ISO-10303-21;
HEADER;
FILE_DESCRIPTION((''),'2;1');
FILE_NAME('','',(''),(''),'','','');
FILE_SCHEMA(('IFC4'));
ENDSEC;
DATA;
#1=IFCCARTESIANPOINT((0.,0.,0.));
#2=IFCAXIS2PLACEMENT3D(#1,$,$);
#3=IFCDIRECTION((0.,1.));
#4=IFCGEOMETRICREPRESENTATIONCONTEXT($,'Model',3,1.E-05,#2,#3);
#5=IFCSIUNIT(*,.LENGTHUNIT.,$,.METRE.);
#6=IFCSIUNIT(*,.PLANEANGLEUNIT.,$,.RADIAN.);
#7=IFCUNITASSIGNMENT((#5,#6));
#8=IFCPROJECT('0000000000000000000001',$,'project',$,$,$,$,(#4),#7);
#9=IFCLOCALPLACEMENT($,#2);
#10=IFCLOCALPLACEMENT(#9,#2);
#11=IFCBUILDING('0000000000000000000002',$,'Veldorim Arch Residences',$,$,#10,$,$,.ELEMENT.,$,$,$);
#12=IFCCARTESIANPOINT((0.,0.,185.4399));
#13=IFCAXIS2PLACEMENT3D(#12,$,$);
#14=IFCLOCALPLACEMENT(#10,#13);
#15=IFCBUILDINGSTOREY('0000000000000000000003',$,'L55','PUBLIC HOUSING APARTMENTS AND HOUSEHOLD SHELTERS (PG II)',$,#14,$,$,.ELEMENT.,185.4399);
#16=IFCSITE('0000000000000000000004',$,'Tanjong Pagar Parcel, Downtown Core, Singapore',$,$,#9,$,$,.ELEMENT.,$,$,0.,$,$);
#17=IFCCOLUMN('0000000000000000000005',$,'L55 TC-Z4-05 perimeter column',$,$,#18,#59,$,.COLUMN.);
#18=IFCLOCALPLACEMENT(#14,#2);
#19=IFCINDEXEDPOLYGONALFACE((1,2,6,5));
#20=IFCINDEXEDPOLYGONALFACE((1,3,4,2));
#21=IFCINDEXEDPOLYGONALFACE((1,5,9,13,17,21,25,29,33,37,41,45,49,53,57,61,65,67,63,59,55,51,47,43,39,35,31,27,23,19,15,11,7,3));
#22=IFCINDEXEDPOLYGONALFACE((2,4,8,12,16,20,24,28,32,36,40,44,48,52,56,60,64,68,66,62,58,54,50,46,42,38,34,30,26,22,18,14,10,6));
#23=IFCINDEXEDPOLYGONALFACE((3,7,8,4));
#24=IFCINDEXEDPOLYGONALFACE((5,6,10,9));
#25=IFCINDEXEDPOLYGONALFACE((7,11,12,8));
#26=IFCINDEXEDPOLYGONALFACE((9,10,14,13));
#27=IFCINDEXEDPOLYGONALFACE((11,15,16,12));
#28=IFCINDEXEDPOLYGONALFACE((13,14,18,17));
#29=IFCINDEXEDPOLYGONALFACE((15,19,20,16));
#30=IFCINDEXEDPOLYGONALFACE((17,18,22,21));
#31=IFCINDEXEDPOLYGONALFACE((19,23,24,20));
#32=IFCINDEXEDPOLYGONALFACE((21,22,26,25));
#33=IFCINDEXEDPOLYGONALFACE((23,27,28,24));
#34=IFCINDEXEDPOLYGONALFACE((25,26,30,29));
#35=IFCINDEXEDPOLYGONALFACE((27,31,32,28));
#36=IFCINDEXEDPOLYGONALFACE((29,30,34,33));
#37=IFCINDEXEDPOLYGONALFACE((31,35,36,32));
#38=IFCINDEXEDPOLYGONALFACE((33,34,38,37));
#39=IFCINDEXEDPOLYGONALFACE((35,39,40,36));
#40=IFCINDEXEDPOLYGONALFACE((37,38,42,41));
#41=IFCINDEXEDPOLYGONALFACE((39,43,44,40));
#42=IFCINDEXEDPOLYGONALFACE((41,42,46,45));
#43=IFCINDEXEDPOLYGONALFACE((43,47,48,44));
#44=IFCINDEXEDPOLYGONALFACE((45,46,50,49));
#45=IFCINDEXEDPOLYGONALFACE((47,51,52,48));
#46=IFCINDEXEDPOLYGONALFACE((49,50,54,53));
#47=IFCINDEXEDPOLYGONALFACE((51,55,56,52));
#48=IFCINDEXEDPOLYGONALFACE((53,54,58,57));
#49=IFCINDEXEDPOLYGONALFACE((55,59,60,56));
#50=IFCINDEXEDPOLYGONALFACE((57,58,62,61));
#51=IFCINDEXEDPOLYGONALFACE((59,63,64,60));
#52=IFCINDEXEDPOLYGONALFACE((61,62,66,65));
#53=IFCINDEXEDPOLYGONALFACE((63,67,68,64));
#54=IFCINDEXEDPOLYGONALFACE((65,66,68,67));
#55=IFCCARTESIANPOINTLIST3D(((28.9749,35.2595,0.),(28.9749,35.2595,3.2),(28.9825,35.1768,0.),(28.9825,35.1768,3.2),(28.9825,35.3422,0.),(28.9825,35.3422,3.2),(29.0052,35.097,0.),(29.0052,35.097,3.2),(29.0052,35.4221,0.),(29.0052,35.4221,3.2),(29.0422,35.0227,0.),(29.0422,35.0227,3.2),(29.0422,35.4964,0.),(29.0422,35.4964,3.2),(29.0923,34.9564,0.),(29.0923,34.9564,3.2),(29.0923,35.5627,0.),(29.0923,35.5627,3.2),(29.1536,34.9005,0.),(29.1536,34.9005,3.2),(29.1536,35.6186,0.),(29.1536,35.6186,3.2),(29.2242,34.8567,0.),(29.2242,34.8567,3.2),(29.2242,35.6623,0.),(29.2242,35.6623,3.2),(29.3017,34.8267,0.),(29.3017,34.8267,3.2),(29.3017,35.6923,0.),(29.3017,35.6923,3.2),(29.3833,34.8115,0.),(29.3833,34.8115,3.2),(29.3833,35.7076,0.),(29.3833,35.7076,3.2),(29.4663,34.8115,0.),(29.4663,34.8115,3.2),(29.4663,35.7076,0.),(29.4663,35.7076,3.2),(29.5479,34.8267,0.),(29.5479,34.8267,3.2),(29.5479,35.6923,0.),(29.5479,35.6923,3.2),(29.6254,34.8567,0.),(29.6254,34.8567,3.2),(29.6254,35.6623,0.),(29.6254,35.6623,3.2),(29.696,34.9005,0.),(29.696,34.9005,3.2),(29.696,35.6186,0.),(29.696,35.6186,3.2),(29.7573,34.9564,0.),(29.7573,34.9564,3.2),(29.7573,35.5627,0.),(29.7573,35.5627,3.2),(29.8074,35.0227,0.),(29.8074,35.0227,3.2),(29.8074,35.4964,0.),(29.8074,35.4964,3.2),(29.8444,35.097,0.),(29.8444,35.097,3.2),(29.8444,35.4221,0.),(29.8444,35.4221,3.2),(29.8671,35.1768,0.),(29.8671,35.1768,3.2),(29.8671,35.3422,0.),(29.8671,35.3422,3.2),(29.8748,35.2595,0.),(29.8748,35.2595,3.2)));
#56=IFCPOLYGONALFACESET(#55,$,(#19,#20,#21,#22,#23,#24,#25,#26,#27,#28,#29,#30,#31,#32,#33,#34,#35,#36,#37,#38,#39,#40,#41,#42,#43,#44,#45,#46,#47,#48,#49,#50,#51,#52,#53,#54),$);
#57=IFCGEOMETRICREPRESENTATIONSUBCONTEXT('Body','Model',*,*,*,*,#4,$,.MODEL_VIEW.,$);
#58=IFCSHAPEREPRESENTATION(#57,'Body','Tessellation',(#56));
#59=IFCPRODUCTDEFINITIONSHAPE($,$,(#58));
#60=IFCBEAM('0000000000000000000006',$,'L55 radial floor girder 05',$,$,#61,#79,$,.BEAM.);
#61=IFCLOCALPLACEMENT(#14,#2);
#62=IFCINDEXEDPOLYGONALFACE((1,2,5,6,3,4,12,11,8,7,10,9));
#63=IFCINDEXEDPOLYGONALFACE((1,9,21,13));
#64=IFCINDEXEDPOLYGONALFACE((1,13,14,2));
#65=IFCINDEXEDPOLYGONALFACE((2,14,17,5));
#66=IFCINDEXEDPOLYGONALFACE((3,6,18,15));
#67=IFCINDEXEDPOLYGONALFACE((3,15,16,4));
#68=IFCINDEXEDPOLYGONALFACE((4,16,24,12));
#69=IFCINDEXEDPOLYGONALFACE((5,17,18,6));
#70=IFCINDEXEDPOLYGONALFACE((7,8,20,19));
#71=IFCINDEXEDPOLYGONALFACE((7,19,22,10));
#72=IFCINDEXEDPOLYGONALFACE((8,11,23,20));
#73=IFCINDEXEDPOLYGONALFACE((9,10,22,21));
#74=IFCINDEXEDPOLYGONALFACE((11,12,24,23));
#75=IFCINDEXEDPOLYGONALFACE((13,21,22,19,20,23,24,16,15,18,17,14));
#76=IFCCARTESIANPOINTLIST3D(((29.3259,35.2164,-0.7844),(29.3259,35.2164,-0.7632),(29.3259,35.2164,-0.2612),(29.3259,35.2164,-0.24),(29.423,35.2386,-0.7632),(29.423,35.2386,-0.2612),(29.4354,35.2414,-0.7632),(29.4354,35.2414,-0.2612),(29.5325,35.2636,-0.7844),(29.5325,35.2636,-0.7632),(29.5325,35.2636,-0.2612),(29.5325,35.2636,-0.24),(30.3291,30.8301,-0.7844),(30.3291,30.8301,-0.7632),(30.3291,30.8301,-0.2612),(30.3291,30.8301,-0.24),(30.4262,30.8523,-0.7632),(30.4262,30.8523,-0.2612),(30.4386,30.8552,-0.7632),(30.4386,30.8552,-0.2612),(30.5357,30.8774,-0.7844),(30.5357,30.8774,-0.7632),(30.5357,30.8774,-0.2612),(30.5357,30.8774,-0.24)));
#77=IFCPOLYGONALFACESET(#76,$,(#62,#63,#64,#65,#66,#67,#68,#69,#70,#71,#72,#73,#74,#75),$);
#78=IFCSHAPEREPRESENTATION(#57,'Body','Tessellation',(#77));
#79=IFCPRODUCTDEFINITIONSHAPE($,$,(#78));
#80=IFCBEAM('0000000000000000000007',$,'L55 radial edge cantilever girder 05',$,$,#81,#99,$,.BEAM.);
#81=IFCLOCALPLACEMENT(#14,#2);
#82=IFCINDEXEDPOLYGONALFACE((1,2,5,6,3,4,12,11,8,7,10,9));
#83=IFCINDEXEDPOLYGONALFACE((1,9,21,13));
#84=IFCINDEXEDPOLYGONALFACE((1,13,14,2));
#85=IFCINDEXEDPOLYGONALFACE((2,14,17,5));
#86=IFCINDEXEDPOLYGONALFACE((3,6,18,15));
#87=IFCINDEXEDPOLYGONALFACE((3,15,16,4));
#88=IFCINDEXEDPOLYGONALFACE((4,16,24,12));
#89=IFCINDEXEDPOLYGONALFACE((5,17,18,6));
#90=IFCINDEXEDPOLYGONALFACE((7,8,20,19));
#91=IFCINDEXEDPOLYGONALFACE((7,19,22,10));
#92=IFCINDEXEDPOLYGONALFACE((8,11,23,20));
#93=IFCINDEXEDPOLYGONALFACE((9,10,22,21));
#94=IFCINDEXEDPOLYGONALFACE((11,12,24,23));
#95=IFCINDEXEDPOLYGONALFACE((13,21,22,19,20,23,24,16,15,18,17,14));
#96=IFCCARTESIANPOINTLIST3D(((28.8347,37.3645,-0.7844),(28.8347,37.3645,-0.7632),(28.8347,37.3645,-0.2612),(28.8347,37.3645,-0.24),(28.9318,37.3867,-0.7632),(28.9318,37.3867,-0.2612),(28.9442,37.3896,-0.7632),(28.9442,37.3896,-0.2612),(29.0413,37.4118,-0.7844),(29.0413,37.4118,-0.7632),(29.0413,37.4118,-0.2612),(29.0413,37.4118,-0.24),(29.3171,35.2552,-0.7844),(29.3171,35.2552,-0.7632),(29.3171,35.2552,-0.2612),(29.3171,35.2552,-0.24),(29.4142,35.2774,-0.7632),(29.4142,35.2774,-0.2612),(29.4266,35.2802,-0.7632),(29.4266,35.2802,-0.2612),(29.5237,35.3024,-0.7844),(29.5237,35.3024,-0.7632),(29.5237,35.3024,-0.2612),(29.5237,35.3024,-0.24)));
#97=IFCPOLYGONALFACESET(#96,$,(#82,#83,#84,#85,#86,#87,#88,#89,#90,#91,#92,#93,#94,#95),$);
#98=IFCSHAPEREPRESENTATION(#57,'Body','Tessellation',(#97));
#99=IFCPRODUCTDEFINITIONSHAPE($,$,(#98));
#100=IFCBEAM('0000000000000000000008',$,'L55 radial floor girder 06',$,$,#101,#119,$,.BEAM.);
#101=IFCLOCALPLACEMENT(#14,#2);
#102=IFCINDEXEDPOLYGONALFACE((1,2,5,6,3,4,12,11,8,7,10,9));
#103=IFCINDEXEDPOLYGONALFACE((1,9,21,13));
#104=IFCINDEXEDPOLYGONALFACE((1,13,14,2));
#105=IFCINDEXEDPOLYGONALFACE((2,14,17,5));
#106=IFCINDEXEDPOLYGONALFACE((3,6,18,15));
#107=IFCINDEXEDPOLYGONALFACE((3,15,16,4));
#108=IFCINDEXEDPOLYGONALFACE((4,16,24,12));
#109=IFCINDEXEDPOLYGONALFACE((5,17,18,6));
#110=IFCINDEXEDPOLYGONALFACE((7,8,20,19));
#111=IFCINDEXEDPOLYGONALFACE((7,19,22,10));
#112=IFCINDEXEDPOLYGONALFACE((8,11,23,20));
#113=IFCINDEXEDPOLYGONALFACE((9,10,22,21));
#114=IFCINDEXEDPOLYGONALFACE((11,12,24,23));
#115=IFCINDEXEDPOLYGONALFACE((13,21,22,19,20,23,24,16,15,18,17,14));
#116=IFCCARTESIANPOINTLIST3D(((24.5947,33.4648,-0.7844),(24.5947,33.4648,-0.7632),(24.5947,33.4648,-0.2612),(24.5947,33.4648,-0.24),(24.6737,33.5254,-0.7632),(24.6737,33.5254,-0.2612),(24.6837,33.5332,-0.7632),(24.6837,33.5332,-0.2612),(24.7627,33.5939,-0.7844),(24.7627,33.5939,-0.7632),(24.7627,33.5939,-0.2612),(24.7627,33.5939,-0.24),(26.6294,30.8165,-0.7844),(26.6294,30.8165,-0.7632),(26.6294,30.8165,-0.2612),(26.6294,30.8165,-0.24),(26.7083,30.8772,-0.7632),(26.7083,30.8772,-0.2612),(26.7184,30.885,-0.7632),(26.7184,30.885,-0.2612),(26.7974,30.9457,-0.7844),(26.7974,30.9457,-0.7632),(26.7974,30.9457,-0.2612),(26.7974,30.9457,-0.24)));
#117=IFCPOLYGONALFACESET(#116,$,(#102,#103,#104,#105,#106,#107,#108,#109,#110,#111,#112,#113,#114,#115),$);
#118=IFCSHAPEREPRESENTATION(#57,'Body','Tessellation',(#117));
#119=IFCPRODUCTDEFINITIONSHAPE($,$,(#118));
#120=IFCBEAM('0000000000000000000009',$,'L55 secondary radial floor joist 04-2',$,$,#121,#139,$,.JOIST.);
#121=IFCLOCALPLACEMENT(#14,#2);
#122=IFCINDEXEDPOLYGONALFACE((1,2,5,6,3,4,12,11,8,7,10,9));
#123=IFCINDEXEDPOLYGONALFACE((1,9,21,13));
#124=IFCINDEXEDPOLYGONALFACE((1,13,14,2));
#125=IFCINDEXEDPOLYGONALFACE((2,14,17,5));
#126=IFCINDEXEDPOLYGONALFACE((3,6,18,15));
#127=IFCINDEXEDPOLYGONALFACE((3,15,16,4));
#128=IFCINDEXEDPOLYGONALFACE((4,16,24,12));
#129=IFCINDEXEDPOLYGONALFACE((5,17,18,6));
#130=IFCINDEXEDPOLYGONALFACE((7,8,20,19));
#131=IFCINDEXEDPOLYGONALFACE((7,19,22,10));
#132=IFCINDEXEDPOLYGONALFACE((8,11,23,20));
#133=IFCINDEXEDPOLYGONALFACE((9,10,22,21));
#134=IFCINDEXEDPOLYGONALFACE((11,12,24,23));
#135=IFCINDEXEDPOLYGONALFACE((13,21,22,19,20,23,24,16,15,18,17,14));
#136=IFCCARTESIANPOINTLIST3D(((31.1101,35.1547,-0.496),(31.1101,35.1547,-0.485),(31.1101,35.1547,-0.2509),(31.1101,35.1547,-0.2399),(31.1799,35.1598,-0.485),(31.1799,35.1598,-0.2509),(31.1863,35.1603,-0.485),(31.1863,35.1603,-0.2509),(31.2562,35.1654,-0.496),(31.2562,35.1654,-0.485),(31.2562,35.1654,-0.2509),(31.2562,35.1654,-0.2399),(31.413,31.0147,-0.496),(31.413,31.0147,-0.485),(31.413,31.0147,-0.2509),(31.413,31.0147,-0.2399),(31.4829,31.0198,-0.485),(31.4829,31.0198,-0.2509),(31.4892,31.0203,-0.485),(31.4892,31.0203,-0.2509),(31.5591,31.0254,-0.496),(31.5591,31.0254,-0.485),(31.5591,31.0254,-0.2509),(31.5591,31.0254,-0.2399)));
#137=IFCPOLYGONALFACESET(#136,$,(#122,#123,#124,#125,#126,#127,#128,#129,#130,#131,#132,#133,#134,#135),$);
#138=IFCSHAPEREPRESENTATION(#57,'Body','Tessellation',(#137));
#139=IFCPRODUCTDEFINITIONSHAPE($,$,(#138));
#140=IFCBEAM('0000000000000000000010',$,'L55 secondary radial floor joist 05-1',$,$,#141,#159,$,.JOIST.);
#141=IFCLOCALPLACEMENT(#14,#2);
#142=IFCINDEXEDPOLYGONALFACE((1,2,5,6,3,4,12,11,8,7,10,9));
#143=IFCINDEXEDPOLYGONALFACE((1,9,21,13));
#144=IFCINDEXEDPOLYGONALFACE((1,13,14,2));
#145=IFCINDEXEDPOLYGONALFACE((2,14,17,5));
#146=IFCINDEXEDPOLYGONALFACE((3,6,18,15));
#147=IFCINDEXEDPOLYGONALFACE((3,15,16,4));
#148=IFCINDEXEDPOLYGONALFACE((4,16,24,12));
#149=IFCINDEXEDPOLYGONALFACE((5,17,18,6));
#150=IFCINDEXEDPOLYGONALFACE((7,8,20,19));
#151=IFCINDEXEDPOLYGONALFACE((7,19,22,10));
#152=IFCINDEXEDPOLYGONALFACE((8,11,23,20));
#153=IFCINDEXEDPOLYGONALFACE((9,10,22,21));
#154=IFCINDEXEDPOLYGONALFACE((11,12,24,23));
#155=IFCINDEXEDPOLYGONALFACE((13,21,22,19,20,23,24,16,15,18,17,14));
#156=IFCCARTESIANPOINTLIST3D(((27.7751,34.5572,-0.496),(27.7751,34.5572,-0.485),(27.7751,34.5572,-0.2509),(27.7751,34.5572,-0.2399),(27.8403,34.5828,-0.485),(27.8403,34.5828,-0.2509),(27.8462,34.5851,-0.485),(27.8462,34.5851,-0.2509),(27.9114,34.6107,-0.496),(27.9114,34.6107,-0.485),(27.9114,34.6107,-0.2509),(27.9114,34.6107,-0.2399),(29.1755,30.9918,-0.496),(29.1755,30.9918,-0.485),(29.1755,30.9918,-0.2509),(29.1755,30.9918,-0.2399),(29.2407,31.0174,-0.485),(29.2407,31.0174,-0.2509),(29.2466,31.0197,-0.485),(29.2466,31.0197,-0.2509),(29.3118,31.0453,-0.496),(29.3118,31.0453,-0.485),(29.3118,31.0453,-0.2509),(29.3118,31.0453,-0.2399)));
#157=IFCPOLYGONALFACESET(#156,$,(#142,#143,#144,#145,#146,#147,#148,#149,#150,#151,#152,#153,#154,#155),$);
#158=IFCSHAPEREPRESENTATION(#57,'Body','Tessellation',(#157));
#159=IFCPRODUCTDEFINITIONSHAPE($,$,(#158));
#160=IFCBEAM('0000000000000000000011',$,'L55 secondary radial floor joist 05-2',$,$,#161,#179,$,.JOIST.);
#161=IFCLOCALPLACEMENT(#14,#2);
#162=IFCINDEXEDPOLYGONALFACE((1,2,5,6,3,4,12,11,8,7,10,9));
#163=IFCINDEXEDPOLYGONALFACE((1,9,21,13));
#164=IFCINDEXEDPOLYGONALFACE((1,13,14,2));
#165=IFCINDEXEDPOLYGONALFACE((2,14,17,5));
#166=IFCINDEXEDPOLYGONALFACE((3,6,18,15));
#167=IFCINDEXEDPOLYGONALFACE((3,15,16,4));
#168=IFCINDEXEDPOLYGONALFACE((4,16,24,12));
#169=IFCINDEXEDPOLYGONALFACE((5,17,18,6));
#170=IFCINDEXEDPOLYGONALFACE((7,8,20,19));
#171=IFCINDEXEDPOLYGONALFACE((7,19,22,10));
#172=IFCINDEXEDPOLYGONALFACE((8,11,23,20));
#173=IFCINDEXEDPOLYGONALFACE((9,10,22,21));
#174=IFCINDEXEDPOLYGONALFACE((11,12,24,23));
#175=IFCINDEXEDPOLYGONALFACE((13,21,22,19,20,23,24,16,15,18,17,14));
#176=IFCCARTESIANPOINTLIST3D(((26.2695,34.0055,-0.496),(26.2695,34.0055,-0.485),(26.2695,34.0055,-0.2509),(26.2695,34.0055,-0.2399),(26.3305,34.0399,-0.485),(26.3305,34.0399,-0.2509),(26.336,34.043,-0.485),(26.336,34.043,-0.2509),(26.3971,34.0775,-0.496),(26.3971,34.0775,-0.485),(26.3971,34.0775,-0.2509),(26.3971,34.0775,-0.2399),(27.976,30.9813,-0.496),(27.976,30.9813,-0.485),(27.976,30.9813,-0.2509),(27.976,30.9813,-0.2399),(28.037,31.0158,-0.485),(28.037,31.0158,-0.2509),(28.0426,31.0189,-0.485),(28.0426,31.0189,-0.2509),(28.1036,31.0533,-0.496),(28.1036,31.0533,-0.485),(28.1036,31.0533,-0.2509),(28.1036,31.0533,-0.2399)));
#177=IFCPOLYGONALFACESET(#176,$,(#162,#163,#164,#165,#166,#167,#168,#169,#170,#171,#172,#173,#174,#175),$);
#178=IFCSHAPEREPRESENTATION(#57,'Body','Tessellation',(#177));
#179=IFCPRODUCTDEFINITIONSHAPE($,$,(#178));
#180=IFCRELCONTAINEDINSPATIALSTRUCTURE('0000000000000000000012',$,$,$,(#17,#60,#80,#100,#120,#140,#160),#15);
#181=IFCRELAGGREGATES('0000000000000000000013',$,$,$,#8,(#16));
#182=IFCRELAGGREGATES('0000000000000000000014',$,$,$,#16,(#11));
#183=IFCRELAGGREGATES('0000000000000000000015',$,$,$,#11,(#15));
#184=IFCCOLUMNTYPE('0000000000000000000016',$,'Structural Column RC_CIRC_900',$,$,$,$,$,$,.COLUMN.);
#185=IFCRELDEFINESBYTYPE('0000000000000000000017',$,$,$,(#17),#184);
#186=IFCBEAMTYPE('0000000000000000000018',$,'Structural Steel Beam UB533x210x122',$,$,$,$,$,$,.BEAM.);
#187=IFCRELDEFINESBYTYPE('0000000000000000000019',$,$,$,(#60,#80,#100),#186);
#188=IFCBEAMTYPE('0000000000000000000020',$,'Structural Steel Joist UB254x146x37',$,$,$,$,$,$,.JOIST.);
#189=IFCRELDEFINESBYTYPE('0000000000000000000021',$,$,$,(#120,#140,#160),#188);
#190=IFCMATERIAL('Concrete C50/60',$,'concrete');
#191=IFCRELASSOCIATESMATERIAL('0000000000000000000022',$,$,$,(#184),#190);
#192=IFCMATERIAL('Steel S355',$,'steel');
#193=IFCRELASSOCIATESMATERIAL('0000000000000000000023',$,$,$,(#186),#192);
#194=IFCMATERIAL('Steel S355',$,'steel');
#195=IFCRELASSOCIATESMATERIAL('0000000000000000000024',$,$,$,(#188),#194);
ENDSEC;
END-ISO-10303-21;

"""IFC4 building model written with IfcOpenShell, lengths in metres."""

from ifc_helpers import new_model, si_unit, direction, frame, origin, origin_2d, place, context, subcontext, project, spatial, circle, i_section, extrude, material, material_profile, profile_set, type_object, element, save


model = new_model("IFC4")

# Units and contexts
model_context = context("Model", 3, precision=1e-05, world=origin(), true_north=direction((0.0, 1.0)))
body_context = subcontext(model_context, "Body", "Model", "MODEL_VIEW")
ifc_project = project(units=[si_unit("LENGTHUNIT", "METRE"), si_unit("PLANEANGLEUNIT", "RADIAN")], contexts=[model_context])

# Site, building, storey
site_placement = place(None, origin())
site = spatial("IfcSite", under=ifc_project, at=site_placement, Name="Tanjong Pagar Parcel, Downtown Core, Singapore", CompositionType="ELEMENT", RefElevation=0.0)
building_placement = place(site_placement, origin())
building = spatial("IfcBuilding", under=site, at=building_placement, Name="Veldorim Arch Residences", CompositionType="ELEMENT")
storey_placement = place(building_placement, frame((0.0, 0.0, 185.4399)))
storey = spatial("IfcBuildingStorey", under=building, at=storey_placement, Name="L55", Description="PUBLIC HOUSING APARTMENTS AND HOUSEHOLD SHELTERS (PG II)", CompositionType="ELEMENT", Elevation=185.4399)

# Column
ifc_material_1 = material(Name="Concrete C50/60", Category="concrete")
ifc_material_profile_1 = material_profile(ifc_material_1, circle(Radius=0.45, at=origin_2d()), Name="RC_CIRC_900")
ifc_profile_set_1 = profile_set([ifc_material_profile_1], Name="Concrete C50/60")
column_type = type_object("IfcColumnType", Name="Structural Column RC_CIRC_900", PredefinedType="COLUMN", material=ifc_profile_set_1)
column_placement = place(storey_placement, frame((29.4248, 35.2595, 0.0), z_axis=(0.0, 0.0, 1.0), x_axis=(1.0, 0.0, 0.0)))
element("IfcColumn", 1, at=column_placement, inside=storey, type_object=column_type, Name="L55 TC-Z4-05 perimeter column", PredefinedType="COLUMN", context=body_context, shape_type="SweptSolid", body=[
    extrude(circle(Radius=0.45, at=origin_2d()), origin(), (0.0, 0.0, 1.0), 3.2),
])

# Beams
ifc_material_2 = material(Name="Steel S355", Category="steel")
ifc_material_profile_2 = material_profile(ifc_material_2, i_section(OverallWidth=0.2119, OverallDepth=0.5444, WebThickness=0.0127, FlangeThickness=0.0212, at=origin_2d()), Name="UB533x210x122")
ifc_profile_set_2 = profile_set([ifc_material_profile_2], Name="Steel S355")
beam_type_1 = type_object("IfcBeamType", Name="Structural Steel Beam UB533x210x122", PredefinedType="BEAM", material=ifc_profile_set_2)
beam_1_placement = place(storey_placement, frame((30.4324, 30.8538, -0.5122), z_axis=(-0.222953, 0.974829, 0.0), x_axis=(-0.974829, -0.222953, 0.0)))
element("IfcBeam", 2, at=beam_1_placement, inside=storey, type_object=beam_type_1, Name="L55 radial floor girder 05", PredefinedType="BEAM", context=body_context, shape_type="SweptSolid", body=[
    extrude(i_section(OverallWidth=0.2119, OverallDepth=0.5444, WebThickness=0.0127, FlangeThickness=0.0212, at=origin_2d()), origin(), (0.0, 0.0, 1.0), 4.4995),
])
beam_2_placement = place(storey_placement, frame((29.4204, 35.2788, -0.5122), z_axis=(-0.222947, 0.97483, 0.0), x_axis=(-0.97483, -0.222947, 0.0)))
element("IfcBeam", 3, at=beam_2_placement, inside=storey, type_object=beam_type_1, Name="L55 radial edge cantilever girder 05", PredefinedType="BEAM", context=body_context, shape_type="SweptSolid", body=[
    extrude(i_section(OverallWidth=0.2119, OverallDepth=0.5444, WebThickness=0.0127, FlangeThickness=0.0212, at=origin_2d()), origin(), (0.0, 0.0, 1.0), 2.1638),
])
beam_3_placement = place(storey_placement, frame((26.7134, 30.8811, -0.5122), z_axis=(-0.609258, 0.792972, 0.0), x_axis=(-0.792972, -0.609258, 0.0)))
element("IfcBeam", 4, at=beam_3_placement, inside=storey, type_object=beam_type_1, Name="L55 radial floor girder 06", PredefinedType="BEAM", context=body_context, shape_type="SweptSolid", body=[
    extrude(i_section(OverallWidth=0.2119, OverallDepth=0.5444, WebThickness=0.0127, FlangeThickness=0.0212, at=origin_2d()), origin(), (0.0, 0.0, 1.0), 3.3396),
])
ifc_material_3 = material(Name="Steel S355", Category="steel")
ifc_material_profile_3 = material_profile(ifc_material_3, i_section(OverallWidth=0.1465, OverallDepth=0.2561, WebThickness=0.0063, FlangeThickness=0.011, at=origin_2d()), Name="UB254x146x37")
ifc_profile_set_3 = profile_set([ifc_material_profile_3], Name="Steel S355")
beam_type_2 = type_object("IfcBeamType", Name="Structural Steel Joist UB254x146x37", PredefinedType="JOIST", material=ifc_profile_set_3)
beam_4_placement = place(storey_placement, frame((31.4861, 31.02, -0.3679), z_axis=(-0.072986, 0.997333, 0.0), x_axis=(-0.997333, -0.072986, 0.0)))
element("IfcBeam", 5, at=beam_4_placement, inside=storey, type_object=beam_type_2, Name="L55 secondary radial floor joist 04-2", PredefinedType="JOIST", context=body_context, shape_type="SweptSolid", body=[
    extrude(i_section(OverallWidth=0.1465, OverallDepth=0.2561, WebThickness=0.0063, FlangeThickness=0.011, at=origin_2d()), origin(), (0.0, 0.0, 1.0), 4.1511),
])
beam_5_placement = place(storey_placement, frame((29.2437, 31.0186, -0.3679), z_axis=(-0.365581, 0.930779, 0.0), x_axis=(-0.930779, -0.365581, 0.0)))
element("IfcBeam", 6, at=beam_5_placement, inside=storey, type_object=beam_type_2, Name="L55 secondary radial floor joist 05-1", PredefinedType="JOIST", context=body_context, shape_type="SweptSolid", body=[
    extrude(i_section(OverallWidth=0.1465, OverallDepth=0.2561, WebThickness=0.0063, FlangeThickness=0.011, at=origin_2d()), origin(), (0.0, 0.0, 1.0), 3.8306),
])
beam_6_placement = place(storey_placement, frame((28.0398, 31.0173, -0.3679), z_axis=(-0.491452, 0.870904, 0.0), x_axis=(-0.870904, -0.491452, 0.0)))
element("IfcBeam", 7, at=beam_6_placement, inside=storey, type_object=beam_type_2, Name="L55 secondary radial floor joist 05-2", PredefinedType="JOIST", context=body_context, shape_type="SweptSolid", body=[
    extrude(i_section(OverallWidth=0.1465, OverallDepth=0.2561, WebThickness=0.0063, FlangeThickness=0.011, at=origin_2d()), origin(), (0.0, 0.0, 1.0), 3.4724),
])

save(model, "model.ifc")
